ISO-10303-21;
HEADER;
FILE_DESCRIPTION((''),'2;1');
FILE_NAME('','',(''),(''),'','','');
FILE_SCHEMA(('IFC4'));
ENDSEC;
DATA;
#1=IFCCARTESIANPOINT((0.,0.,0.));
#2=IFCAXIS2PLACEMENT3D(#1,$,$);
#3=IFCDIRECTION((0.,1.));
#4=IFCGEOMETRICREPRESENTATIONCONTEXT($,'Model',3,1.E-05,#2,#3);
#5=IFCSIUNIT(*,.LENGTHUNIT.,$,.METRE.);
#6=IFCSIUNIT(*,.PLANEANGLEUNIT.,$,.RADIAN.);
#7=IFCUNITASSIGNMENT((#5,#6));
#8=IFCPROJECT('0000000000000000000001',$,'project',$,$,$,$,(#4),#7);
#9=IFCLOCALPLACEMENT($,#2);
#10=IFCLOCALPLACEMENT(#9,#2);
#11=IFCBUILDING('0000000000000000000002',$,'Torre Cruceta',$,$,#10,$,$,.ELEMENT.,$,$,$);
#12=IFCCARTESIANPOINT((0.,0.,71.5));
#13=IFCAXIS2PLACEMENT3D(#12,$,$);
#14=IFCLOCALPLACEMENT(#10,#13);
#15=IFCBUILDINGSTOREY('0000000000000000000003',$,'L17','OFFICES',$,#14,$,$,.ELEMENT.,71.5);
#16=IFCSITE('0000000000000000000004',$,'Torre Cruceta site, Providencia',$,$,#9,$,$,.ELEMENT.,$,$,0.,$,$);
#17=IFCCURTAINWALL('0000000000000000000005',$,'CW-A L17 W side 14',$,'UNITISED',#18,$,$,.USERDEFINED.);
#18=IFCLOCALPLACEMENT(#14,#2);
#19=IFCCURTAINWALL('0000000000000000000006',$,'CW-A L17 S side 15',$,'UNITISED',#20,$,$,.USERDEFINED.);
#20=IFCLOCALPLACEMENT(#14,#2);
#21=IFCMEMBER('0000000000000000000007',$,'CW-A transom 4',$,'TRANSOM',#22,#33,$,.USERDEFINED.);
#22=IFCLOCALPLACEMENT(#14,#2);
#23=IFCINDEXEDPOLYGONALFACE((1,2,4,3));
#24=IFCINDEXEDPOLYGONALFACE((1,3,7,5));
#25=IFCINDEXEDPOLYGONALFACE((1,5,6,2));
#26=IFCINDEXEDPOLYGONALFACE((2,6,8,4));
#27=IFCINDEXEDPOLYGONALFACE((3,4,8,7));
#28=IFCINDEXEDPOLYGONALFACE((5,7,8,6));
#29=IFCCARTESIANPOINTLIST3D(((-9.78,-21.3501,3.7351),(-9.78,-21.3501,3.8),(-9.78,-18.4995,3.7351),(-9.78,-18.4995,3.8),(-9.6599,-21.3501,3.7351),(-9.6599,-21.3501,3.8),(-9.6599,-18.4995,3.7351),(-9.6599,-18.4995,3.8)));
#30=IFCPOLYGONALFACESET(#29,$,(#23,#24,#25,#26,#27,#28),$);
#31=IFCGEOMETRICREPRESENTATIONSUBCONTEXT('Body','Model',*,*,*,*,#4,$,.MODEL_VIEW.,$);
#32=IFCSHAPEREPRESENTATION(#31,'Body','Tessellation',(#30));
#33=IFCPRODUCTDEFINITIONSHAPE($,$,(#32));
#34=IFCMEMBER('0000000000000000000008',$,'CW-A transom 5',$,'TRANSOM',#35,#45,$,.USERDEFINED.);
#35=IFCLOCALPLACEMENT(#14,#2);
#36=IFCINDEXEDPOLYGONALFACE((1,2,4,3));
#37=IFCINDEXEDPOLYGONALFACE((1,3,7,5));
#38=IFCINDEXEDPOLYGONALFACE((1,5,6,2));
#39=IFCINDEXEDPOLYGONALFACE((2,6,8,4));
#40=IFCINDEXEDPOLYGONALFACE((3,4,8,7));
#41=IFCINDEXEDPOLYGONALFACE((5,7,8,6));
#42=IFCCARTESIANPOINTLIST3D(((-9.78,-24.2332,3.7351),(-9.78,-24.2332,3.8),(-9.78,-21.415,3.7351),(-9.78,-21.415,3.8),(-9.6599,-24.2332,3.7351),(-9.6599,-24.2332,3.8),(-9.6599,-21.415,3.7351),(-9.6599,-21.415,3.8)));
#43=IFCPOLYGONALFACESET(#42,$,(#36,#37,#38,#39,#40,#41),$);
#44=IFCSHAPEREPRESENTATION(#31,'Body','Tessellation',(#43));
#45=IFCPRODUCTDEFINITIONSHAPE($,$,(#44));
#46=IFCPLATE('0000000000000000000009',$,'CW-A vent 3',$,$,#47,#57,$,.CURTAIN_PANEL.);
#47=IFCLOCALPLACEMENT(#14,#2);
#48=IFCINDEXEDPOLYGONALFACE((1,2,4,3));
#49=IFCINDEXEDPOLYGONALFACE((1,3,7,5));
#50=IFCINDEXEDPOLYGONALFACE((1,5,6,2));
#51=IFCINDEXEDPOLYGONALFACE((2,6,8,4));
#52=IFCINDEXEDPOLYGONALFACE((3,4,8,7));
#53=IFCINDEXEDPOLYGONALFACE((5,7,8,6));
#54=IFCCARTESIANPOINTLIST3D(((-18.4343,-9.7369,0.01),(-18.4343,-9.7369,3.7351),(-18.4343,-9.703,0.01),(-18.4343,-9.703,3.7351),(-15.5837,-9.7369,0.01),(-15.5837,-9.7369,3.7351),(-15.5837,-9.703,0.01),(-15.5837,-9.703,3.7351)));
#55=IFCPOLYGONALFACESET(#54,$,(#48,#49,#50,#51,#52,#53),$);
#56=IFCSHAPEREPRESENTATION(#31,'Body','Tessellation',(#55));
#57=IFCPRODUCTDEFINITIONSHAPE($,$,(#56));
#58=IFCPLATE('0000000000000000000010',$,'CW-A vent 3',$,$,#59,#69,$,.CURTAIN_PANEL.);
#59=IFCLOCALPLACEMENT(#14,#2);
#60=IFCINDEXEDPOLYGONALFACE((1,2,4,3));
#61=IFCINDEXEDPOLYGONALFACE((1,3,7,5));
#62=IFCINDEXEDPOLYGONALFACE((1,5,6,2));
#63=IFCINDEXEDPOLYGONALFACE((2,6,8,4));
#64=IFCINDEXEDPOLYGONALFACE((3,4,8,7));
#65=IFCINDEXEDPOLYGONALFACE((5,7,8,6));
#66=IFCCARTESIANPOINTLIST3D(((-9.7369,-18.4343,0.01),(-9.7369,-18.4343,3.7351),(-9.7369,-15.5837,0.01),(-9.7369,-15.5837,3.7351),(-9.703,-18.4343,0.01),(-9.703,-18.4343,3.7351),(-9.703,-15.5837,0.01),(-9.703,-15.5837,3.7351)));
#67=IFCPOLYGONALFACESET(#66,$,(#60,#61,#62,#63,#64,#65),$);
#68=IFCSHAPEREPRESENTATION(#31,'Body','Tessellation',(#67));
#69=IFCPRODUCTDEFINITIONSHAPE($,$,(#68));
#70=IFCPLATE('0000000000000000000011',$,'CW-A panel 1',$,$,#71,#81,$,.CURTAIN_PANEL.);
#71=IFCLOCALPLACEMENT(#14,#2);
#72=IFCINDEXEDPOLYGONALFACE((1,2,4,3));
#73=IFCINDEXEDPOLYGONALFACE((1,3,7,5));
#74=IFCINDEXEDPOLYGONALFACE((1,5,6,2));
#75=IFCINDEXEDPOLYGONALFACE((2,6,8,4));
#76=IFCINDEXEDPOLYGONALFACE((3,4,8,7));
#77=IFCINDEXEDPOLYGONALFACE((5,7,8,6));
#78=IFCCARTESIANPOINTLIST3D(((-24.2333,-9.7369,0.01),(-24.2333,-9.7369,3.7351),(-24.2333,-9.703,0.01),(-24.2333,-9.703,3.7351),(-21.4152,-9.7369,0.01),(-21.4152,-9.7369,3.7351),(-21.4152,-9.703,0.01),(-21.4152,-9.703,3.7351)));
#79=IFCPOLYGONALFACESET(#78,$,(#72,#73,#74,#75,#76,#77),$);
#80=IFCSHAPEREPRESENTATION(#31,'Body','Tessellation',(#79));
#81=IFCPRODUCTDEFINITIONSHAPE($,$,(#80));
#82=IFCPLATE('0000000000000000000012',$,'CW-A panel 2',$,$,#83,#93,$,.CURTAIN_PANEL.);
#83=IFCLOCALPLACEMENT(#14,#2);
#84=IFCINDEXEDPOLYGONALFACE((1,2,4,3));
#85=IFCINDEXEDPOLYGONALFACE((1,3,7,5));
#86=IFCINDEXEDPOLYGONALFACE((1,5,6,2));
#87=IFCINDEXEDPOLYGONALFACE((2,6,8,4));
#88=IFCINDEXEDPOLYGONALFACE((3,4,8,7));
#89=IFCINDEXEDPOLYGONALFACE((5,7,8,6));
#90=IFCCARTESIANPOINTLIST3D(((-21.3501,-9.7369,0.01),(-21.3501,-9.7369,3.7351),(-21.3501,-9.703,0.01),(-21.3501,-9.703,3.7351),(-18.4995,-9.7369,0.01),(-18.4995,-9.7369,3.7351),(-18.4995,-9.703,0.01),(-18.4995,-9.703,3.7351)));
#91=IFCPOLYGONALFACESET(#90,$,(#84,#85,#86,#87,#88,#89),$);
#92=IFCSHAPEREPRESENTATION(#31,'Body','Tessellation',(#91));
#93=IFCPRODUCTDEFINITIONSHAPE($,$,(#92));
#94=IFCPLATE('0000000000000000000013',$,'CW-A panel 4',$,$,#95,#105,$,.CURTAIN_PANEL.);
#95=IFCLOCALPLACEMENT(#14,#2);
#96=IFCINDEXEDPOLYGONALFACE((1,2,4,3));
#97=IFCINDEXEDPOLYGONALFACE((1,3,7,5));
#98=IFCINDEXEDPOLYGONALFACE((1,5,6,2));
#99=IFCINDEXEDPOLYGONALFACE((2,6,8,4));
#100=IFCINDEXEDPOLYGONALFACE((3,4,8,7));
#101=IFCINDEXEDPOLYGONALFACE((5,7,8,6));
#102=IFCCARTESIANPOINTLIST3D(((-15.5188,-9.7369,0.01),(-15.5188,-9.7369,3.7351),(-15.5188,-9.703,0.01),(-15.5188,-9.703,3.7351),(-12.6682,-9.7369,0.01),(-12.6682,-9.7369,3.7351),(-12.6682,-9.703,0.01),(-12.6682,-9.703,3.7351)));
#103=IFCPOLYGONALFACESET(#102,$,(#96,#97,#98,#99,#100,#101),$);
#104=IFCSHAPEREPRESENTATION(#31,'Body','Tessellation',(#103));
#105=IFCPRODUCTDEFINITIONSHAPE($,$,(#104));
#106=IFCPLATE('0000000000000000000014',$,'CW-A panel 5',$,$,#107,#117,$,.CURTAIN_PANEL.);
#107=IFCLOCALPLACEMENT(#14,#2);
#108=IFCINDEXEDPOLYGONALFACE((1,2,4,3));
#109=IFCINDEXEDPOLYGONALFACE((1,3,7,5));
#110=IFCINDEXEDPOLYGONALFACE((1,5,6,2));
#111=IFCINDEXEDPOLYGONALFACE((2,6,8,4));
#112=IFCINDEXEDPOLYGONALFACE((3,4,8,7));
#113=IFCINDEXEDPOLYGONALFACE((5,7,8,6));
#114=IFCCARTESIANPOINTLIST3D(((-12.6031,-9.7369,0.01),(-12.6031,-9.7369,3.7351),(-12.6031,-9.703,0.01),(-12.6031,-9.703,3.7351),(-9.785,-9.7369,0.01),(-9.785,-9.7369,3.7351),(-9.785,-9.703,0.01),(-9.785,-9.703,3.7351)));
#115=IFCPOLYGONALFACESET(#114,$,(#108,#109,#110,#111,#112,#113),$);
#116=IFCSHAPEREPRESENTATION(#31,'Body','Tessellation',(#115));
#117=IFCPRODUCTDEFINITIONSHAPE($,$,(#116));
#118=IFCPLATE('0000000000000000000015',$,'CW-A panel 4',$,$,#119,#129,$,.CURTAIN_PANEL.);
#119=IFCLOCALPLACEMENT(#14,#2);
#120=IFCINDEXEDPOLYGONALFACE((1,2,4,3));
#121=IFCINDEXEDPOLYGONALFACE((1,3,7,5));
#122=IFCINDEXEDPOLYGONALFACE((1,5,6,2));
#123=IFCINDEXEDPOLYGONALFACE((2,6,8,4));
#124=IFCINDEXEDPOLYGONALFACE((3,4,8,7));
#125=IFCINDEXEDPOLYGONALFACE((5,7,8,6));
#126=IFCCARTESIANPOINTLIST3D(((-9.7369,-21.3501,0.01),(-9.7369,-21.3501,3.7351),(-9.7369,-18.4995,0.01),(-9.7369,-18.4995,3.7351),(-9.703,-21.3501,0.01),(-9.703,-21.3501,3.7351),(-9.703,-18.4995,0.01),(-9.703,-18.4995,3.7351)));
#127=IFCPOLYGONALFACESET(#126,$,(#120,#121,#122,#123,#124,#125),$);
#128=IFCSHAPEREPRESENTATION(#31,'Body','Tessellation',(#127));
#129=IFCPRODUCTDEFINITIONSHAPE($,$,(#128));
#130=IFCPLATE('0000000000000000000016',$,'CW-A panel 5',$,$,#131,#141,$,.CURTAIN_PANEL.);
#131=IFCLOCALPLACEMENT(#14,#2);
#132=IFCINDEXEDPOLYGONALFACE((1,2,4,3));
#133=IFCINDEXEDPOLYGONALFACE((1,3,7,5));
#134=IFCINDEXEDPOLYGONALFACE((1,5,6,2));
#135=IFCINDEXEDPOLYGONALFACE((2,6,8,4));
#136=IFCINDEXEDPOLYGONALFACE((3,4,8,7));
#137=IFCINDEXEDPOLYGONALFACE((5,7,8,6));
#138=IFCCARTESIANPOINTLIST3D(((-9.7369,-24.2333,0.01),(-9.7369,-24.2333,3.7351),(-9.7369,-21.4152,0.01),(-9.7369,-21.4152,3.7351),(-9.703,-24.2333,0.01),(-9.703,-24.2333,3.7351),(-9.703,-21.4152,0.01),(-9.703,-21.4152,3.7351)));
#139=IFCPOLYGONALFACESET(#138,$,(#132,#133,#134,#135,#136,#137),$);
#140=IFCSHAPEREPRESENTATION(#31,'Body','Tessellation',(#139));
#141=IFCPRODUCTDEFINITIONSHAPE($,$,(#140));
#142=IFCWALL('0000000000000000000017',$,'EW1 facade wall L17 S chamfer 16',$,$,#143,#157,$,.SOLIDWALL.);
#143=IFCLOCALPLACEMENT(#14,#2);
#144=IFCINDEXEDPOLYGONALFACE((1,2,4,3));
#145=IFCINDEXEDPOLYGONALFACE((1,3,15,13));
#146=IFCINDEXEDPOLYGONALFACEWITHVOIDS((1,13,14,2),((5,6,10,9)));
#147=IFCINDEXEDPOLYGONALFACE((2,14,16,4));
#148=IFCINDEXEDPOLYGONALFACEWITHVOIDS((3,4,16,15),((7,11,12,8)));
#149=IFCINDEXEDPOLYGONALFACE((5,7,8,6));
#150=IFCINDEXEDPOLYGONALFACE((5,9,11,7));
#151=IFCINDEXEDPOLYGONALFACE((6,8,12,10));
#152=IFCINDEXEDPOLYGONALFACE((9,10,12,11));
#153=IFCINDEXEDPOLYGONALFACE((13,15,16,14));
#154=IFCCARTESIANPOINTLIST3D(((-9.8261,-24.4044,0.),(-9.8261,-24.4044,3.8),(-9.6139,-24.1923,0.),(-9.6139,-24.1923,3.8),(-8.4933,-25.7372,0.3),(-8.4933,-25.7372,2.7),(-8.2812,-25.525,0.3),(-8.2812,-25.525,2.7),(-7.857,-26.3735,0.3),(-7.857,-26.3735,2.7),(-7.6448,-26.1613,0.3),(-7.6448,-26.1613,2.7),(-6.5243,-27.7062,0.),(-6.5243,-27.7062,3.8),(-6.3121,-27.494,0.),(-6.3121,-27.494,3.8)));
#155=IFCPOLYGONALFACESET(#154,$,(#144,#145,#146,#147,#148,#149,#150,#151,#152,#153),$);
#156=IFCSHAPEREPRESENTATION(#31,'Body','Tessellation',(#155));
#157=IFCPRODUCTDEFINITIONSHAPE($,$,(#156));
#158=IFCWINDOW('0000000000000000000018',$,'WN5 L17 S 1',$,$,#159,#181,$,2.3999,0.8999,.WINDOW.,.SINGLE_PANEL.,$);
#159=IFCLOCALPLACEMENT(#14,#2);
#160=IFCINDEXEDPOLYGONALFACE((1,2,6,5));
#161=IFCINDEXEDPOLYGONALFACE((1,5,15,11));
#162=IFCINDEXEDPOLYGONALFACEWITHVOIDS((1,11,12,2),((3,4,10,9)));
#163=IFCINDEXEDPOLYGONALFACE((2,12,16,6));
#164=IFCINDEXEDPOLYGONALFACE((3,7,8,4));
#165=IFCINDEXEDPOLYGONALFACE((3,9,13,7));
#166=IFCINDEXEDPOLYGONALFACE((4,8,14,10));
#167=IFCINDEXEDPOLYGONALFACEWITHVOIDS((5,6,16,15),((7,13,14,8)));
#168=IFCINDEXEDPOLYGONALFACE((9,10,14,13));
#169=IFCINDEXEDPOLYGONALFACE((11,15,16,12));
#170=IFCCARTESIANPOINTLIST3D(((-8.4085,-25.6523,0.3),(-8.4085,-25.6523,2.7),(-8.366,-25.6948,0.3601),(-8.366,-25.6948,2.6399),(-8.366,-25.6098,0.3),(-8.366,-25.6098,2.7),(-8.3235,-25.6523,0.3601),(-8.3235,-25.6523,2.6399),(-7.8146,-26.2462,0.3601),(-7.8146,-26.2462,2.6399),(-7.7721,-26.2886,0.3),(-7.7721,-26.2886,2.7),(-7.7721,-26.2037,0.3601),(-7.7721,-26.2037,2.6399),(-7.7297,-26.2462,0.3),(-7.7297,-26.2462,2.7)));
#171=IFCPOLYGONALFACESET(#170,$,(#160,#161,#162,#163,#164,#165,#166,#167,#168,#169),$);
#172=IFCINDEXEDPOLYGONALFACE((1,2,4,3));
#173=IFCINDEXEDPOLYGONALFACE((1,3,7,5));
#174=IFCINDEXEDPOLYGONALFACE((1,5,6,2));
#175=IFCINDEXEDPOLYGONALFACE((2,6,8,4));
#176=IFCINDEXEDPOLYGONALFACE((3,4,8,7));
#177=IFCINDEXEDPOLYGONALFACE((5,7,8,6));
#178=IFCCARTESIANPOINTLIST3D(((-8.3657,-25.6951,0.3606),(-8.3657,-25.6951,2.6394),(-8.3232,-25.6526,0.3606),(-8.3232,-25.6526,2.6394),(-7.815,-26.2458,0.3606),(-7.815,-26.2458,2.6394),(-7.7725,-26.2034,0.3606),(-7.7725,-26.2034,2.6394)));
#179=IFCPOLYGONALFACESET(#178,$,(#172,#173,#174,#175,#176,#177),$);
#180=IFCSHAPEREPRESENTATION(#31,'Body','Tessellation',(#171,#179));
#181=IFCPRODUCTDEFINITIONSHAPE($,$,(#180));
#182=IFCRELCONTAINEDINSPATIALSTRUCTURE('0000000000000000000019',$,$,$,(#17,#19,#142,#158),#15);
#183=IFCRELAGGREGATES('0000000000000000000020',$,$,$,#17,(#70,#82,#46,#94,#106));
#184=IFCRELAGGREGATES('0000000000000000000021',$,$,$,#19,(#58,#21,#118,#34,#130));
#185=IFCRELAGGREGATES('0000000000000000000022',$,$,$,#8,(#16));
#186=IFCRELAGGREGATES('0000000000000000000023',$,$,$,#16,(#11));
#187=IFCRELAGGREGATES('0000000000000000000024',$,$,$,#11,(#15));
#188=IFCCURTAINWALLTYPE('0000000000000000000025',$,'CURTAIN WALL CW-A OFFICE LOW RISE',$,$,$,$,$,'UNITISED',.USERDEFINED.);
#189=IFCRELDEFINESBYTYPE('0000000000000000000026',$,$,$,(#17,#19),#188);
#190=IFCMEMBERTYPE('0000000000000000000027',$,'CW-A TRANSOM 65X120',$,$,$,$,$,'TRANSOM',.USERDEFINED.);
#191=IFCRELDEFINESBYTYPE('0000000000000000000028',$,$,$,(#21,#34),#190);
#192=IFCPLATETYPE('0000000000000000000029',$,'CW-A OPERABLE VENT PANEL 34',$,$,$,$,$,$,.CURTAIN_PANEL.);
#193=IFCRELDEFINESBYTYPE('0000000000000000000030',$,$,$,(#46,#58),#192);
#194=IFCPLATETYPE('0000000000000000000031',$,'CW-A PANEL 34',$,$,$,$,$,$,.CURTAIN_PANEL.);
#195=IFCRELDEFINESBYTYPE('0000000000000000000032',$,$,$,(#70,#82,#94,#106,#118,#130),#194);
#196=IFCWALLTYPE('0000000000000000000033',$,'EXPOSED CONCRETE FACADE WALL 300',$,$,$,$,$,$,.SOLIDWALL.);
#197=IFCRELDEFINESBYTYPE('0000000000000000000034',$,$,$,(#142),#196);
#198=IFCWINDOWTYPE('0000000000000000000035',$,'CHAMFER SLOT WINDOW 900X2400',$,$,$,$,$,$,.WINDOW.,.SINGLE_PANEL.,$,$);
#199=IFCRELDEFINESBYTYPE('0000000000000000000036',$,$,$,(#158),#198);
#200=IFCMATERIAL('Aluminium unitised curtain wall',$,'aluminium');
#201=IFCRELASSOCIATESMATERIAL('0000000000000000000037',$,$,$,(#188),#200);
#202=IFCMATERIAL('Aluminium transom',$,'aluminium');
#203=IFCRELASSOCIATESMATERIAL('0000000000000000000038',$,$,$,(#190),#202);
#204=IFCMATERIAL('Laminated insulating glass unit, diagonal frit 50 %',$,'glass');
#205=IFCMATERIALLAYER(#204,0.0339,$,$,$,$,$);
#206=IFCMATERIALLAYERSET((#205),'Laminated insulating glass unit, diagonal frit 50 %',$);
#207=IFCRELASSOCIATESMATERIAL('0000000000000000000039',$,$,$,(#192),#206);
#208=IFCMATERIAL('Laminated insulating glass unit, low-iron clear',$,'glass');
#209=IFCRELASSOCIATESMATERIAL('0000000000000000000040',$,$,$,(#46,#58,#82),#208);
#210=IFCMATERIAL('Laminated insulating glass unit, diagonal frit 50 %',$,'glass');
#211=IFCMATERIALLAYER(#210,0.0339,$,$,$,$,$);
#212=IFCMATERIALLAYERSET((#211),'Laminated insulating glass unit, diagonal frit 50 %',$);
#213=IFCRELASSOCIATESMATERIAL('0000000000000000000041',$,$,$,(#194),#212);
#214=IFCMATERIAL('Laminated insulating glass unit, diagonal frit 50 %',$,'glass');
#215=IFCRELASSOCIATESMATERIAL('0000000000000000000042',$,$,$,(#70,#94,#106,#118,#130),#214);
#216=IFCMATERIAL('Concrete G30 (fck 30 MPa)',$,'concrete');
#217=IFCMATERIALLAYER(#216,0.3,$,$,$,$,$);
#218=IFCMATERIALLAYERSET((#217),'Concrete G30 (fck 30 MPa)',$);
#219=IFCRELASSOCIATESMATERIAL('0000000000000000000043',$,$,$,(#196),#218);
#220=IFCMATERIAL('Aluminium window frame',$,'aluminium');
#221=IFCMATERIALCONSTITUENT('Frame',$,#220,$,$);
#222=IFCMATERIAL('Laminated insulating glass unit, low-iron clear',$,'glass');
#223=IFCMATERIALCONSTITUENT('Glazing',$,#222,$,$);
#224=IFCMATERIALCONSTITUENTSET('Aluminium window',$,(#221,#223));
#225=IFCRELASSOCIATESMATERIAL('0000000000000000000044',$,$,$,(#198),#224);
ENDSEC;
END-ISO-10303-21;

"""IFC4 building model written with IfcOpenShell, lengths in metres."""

from ifc_helpers import new_model, si_unit, direction, frame, frame_2d, origin, origin_2d, place, context, subcontext, project, spatial, rectangle, hollow_rectangle, extrude, material, layer, layer_set, constituent, constituent_set, material_profile, profile_set, type_object, element, fill, aggregate, save


model = new_model("IFC4")

# Units and contexts
model_context = context("Model", 3, precision=1e-05, world=origin(), true_north=direction((0.0, 1.0)))
body_context = subcontext(model_context, "Body", "Model", "MODEL_VIEW")
ifc_project = project(units=[si_unit("LENGTHUNIT", "METRE"), si_unit("PLANEANGLEUNIT", "RADIAN")], contexts=[model_context])

# Site, building, storey
site_placement = place(None, origin())
site = spatial("IfcSite", under=ifc_project, at=site_placement, Name="Torre Cruceta site, Providencia", CompositionType="ELEMENT", RefElevation=0.0)
building_placement = place(site_placement, origin())
building = spatial("IfcBuilding", under=site, at=building_placement, Name="Torre Cruceta", CompositionType="ELEMENT")
storey_placement = place(building_placement, frame((0.0, 0.0, 71.5)))
storey = spatial("IfcBuildingStorey", under=building, at=storey_placement, Name="L17", Description="OFFICES", CompositionType="ELEMENT", Elevation=71.5)

# Curtain walls
ifc_material_1 = material(Name="Aluminium unitised curtain wall", Category="aluminium")
curtain_wall_type = type_object("IfcCurtainWallType", Name="CURTAIN WALL CW-A OFFICE LOW RISE", ElementType="UNITISED", PredefinedType="USERDEFINED", material=ifc_material_1)
curtain_wall_1_placement = place(storey_placement, origin())
curtain_wall_1 = element("IfcCurtainWall", 1, at=curtain_wall_1_placement, inside=storey, type_object=curtain_wall_type, Name="CW-A L17 W side 14", ObjectType="UNITISED", PredefinedType="USERDEFINED")
curtain_wall_2_placement = place(storey_placement, origin())
curtain_wall_2 = element("IfcCurtainWall", 2, at=curtain_wall_2_placement, inside=storey, type_object=curtain_wall_type, Name="CW-A L17 S side 15", ObjectType="UNITISED", PredefinedType="USERDEFINED")

# Members
ifc_material_2 = material(Name="Aluminium transom", Category="aluminium")
ifc_material_profile_1 = material_profile(ifc_material_2, rectangle(XDim=0.1201, YDim=0.0649, at=origin_2d()), Name="AL 120X65")
ifc_profile_set_1 = profile_set([ifc_material_profile_1], Name="Aluminium transom")
member_type_1 = type_object("IfcMemberType", Name="CW-A TRANSOM 65X120", ElementType="TRANSOM", PredefinedType="USERDEFINED", material=ifc_profile_set_1)
member_1_placement = place(storey_placement, frame((-9.72, -18.4995, 3.7676), z_axis=(0.0, -1.0, 0.0), x_axis=(1.0, 0.0, 0.0)))
member_1 = element("IfcMember", 3, at=member_1_placement, type_object=member_type_1, Name="CW-A transom 4", ObjectType="TRANSOM", PredefinedType="USERDEFINED", context=body_context, shape_type="SweptSolid", body=[
    extrude(rectangle(XDim=0.1201, YDim=0.0649, at=origin_2d()), origin(), (0.0, 0.0, 1.0), 2.8506),
])
member_2_placement = place(storey_placement, frame((-9.72, -21.415, 3.7676), z_axis=(0.0, -1.0, 0.0), x_axis=(1.0, 0.0, 0.0)))
member_2 = element("IfcMember", 4, at=member_2_placement, type_object=member_type_1, Name="CW-A transom 5", ObjectType="TRANSOM", PredefinedType="USERDEFINED", context=body_context, shape_type="SweptSolid", body=[
    extrude(rectangle(XDim=0.1201, YDim=0.0649, at=origin_2d()), origin(), (0.0, 0.0, 1.0), 2.8181),
])

# Plates
ifc_material_3 = material(Name="Laminated insulating glass unit, low-iron clear", Category="glass")
ifc_material_4 = material(Name="Laminated insulating glass unit, diagonal frit 50 %", Category="glass")
ifc_layer_1 = layer(ifc_material_4, 0.0339)
ifc_layer_set_1 = layer_set([ifc_layer_1], Name="Laminated insulating glass unit, diagonal frit 50 %")
plate_type_1 = type_object("IfcPlateType", Name="CW-A OPERABLE VENT PANEL 34", PredefinedType="CURTAIN_PANEL", material=ifc_layer_set_1)
plate_1_placement = place(storey_placement, frame((-17.009, -9.72, 0.01), z_axis=(0.0, 0.0, 1.0), x_axis=(1.0, 0.0, 0.0)))
plate_1 = element("IfcPlate", 5, at=plate_1_placement, type_object=plate_type_1, material=ifc_material_3, Name="CW-A vent 3", PredefinedType="CURTAIN_PANEL", context=body_context, shape_type="SweptSolid", body=[
    extrude(rectangle(XDim=2.8506, YDim=0.0339, at=origin_2d()), origin(), (0.0, 0.0, 1.0), 3.7251),
])
plate_2_placement = place(storey_placement, frame((-9.72, -17.009, 0.01), z_axis=(0.0, 0.0, 1.0), x_axis=(0.0, -1.0, 0.0)))
plate_2 = element("IfcPlate", 6, at=plate_2_placement, type_object=plate_type_1, material=ifc_material_3, Name="CW-A vent 3", PredefinedType="CURTAIN_PANEL", context=body_context, shape_type="SweptSolid", body=[
    extrude(rectangle(XDim=2.8506, YDim=0.0339, at=origin_2d()), origin(), (0.0, 0.0, 1.0), 3.7251),
])
ifc_material_5 = material(Name="Laminated insulating glass unit, diagonal frit 50 %", Category="glass")
ifc_material_6 = material(Name="Laminated insulating glass unit, diagonal frit 50 %", Category="glass")
ifc_layer_2 = layer(ifc_material_6, 0.0339)
ifc_layer_set_2 = layer_set([ifc_layer_2], Name="Laminated insulating glass unit, diagonal frit 50 %")
plate_type_2 = type_object("IfcPlateType", Name="CW-A PANEL 34", PredefinedType="CURTAIN_PANEL", material=ifc_layer_set_2)
plate_3_placement = place(storey_placement, frame((-22.8242, -9.72, 0.01), z_axis=(0.0, 0.0, 1.0), x_axis=(1.0, 0.0, 0.0)))
plate_3 = element("IfcPlate", 7, at=plate_3_placement, type_object=plate_type_2, material=ifc_material_5, Name="CW-A panel 1", PredefinedType="CURTAIN_PANEL", context=body_context, shape_type="SweptSolid", body=[
    extrude(rectangle(XDim=2.8181, YDim=0.0339, at=origin_2d()), origin(), (0.0, 0.0, 1.0), 3.7251),
])
plate_4_placement = place(storey_placement, frame((-19.9248, -9.72, 0.01), z_axis=(0.0, 0.0, 1.0), x_axis=(1.0, 0.0, 0.0)))
plate_4 = element("IfcPlate", 8, at=plate_4_placement, type_object=plate_type_2, material=ifc_material_3, Name="CW-A panel 2", PredefinedType="CURTAIN_PANEL", context=body_context, shape_type="SweptSolid", body=[
    extrude(rectangle(XDim=2.8506, YDim=0.0339, at=origin_2d()), origin(), (0.0, 0.0, 1.0), 3.7251),
])
plate_5_placement = place(storey_placement, frame((-14.0935, -9.72, 0.01), z_axis=(0.0, 0.0, 1.0), x_axis=(1.0, 0.0, 0.0)))
plate_5 = element("IfcPlate", 9, at=plate_5_placement, type_object=plate_type_2, material=ifc_material_5, Name="CW-A panel 4", PredefinedType="CURTAIN_PANEL", context=body_context, shape_type="SweptSolid", body=[
    extrude(rectangle(XDim=2.8506, YDim=0.0339, at=origin_2d()), origin(), (0.0, 0.0, 1.0), 3.7251),
])
plate_6_placement = place(storey_placement, frame((-11.1941, -9.72, 0.01), z_axis=(0.0, 0.0, 1.0), x_axis=(1.0, 0.0, 0.0)))
plate_6 = element("IfcPlate", 10, at=plate_6_placement, type_object=plate_type_2, material=ifc_material_5, Name="CW-A panel 5", PredefinedType="CURTAIN_PANEL", context=body_context, shape_type="SweptSolid", body=[
    extrude(rectangle(XDim=2.8181, YDim=0.0339, at=origin_2d()), origin(), (0.0, 0.0, 1.0), 3.7251),
])
aggregate(curtain_wall_1, [plate_3, plate_4, plate_1, plate_5, plate_6])
plate_7_placement = place(storey_placement, frame((-9.72, -19.9248, 0.01), z_axis=(0.0, 0.0, 1.0), x_axis=(0.0, -1.0, 0.0)))
plate_7 = element("IfcPlate", 11, at=plate_7_placement, type_object=plate_type_2, material=ifc_material_5, Name="CW-A panel 4", PredefinedType="CURTAIN_PANEL", context=body_context, shape_type="SweptSolid", body=[
    extrude(rectangle(XDim=2.8506, YDim=0.0339, at=origin_2d()), origin(), (0.0, 0.0, 1.0), 3.7251),
])
plate_8_placement = place(storey_placement, frame((-9.72, -22.8242, 0.01), z_axis=(0.0, 0.0, 1.0), x_axis=(0.0, -1.0, 0.0)))
plate_8 = element("IfcPlate", 12, at=plate_8_placement, type_object=plate_type_2, material=ifc_material_5, Name="CW-A panel 5", PredefinedType="CURTAIN_PANEL", context=body_context, shape_type="SweptSolid", body=[
    extrude(rectangle(XDim=2.8181, YDim=0.0339, at=origin_2d()), origin(), (0.0, 0.0, 1.0), 3.7251),
])
aggregate(curtain_wall_2, [plate_2, member_1, plate_7, member_2, plate_8])

# Wall, opening, window
ifc_material_7 = material(Name="Concrete G30 (fck 30 MPa)", Category="concrete")
ifc_layer_3 = layer(ifc_material_7, 0.3)
ifc_layer_set_3 = layer_set([ifc_layer_3], Name="Concrete G30 (fck 30 MPa)")
wall_type = type_object("IfcWallType", Name="EXPOSED CONCRETE FACADE WALL 300", PredefinedType="SOLIDWALL", material=ifc_layer_set_3)
wall_placement = place(storey_placement, frame((-9.72, -24.2983, 0.0), z_axis=(0.0, 0.0, 1.0), x_axis=(0.707107, -0.707107, 0.0)))
wall = element("IfcWall", 13, at=wall_placement, inside=storey, type_object=wall_type, Name="EW1 facade wall L17 S chamfer 16", PredefinedType="SOLIDWALL", context=body_context, shape_type="SweptSolid", body=[
    extrude(rectangle(XDim=4.6694, YDim=0.3, at=frame_2d((2.3347, 0.0))), origin(), (0.0, 0.0, 1.0), 3.8),
])
opening_placement = place(wall_placement, frame((1.8848, 0.0, 0.3)))
opening = element("IfcOpeningElement", 14, at=opening_placement, cuts=wall, PredefinedType="OPENING", context=body_context, shape_type="SweptSolid", body=[
    extrude(rectangle(XDim=0.8999, YDim=2.3999, at=frame_2d((0.45, 1.2))), frame((0.0, 0.1599, 0.0), z_axis=(0.0, -1.0, 0.0), x_axis=(1.0, 0.0, 0.0)), (0.0, 0.0, 1.0), 0.3201),
])
ifc_material_8 = material(Name="Aluminium window frame", Category="aluminium")
ifc_constituent_1 = constituent(ifc_material_8, Name="Frame")
ifc_material_9 = material(Name="Laminated insulating glass unit, low-iron clear", Category="glass")
ifc_constituent_2 = constituent(ifc_material_9, Name="Glazing")
ifc_constituent_set = constituent_set(constituents=[ifc_constituent_1, ifc_constituent_2], Name="Aluminium window")
window_type = type_object("IfcWindowType", Name="CHAMFER SLOT WINDOW 900X2400", PartitioningType="SINGLE_PANEL", PredefinedType="WINDOW", material=ifc_constituent_set)
window_placement = place(opening_placement, origin())
window = element("IfcWindow", 15, at=window_placement, inside=storey, type_object=window_type, Name="WN5 L17 S 1", OverallHeight=2.3999, OverallWidth=0.8999, PartitioningType="SINGLE_PANEL", PredefinedType="WINDOW", context=body_context, shape_type="SweptSolid", body=[
    extrude(hollow_rectangle(XDim=0.8999, YDim=2.3999, WallThickness=0.0601, at=frame_2d((0.45, 1.2))), frame((0.0, 0.03, 0.0), z_axis=(0.0, -1.0, 0.0), x_axis=(1.0, 0.0, 0.0)), (0.0, 0.0, 1.0), 0.0601),
    extrude(rectangle(XDim=0.7788, YDim=2.2788, at=frame_2d((0.45, 1.2))), frame((0.0, 0.03, 0.0), z_axis=(0.0, -1.0, 0.0), x_axis=(1.0, 0.0, 0.0)), (0.0, 0.0, 1.0), 0.0601),
])
fill(opening, window)

save(model, "model.ifc")
